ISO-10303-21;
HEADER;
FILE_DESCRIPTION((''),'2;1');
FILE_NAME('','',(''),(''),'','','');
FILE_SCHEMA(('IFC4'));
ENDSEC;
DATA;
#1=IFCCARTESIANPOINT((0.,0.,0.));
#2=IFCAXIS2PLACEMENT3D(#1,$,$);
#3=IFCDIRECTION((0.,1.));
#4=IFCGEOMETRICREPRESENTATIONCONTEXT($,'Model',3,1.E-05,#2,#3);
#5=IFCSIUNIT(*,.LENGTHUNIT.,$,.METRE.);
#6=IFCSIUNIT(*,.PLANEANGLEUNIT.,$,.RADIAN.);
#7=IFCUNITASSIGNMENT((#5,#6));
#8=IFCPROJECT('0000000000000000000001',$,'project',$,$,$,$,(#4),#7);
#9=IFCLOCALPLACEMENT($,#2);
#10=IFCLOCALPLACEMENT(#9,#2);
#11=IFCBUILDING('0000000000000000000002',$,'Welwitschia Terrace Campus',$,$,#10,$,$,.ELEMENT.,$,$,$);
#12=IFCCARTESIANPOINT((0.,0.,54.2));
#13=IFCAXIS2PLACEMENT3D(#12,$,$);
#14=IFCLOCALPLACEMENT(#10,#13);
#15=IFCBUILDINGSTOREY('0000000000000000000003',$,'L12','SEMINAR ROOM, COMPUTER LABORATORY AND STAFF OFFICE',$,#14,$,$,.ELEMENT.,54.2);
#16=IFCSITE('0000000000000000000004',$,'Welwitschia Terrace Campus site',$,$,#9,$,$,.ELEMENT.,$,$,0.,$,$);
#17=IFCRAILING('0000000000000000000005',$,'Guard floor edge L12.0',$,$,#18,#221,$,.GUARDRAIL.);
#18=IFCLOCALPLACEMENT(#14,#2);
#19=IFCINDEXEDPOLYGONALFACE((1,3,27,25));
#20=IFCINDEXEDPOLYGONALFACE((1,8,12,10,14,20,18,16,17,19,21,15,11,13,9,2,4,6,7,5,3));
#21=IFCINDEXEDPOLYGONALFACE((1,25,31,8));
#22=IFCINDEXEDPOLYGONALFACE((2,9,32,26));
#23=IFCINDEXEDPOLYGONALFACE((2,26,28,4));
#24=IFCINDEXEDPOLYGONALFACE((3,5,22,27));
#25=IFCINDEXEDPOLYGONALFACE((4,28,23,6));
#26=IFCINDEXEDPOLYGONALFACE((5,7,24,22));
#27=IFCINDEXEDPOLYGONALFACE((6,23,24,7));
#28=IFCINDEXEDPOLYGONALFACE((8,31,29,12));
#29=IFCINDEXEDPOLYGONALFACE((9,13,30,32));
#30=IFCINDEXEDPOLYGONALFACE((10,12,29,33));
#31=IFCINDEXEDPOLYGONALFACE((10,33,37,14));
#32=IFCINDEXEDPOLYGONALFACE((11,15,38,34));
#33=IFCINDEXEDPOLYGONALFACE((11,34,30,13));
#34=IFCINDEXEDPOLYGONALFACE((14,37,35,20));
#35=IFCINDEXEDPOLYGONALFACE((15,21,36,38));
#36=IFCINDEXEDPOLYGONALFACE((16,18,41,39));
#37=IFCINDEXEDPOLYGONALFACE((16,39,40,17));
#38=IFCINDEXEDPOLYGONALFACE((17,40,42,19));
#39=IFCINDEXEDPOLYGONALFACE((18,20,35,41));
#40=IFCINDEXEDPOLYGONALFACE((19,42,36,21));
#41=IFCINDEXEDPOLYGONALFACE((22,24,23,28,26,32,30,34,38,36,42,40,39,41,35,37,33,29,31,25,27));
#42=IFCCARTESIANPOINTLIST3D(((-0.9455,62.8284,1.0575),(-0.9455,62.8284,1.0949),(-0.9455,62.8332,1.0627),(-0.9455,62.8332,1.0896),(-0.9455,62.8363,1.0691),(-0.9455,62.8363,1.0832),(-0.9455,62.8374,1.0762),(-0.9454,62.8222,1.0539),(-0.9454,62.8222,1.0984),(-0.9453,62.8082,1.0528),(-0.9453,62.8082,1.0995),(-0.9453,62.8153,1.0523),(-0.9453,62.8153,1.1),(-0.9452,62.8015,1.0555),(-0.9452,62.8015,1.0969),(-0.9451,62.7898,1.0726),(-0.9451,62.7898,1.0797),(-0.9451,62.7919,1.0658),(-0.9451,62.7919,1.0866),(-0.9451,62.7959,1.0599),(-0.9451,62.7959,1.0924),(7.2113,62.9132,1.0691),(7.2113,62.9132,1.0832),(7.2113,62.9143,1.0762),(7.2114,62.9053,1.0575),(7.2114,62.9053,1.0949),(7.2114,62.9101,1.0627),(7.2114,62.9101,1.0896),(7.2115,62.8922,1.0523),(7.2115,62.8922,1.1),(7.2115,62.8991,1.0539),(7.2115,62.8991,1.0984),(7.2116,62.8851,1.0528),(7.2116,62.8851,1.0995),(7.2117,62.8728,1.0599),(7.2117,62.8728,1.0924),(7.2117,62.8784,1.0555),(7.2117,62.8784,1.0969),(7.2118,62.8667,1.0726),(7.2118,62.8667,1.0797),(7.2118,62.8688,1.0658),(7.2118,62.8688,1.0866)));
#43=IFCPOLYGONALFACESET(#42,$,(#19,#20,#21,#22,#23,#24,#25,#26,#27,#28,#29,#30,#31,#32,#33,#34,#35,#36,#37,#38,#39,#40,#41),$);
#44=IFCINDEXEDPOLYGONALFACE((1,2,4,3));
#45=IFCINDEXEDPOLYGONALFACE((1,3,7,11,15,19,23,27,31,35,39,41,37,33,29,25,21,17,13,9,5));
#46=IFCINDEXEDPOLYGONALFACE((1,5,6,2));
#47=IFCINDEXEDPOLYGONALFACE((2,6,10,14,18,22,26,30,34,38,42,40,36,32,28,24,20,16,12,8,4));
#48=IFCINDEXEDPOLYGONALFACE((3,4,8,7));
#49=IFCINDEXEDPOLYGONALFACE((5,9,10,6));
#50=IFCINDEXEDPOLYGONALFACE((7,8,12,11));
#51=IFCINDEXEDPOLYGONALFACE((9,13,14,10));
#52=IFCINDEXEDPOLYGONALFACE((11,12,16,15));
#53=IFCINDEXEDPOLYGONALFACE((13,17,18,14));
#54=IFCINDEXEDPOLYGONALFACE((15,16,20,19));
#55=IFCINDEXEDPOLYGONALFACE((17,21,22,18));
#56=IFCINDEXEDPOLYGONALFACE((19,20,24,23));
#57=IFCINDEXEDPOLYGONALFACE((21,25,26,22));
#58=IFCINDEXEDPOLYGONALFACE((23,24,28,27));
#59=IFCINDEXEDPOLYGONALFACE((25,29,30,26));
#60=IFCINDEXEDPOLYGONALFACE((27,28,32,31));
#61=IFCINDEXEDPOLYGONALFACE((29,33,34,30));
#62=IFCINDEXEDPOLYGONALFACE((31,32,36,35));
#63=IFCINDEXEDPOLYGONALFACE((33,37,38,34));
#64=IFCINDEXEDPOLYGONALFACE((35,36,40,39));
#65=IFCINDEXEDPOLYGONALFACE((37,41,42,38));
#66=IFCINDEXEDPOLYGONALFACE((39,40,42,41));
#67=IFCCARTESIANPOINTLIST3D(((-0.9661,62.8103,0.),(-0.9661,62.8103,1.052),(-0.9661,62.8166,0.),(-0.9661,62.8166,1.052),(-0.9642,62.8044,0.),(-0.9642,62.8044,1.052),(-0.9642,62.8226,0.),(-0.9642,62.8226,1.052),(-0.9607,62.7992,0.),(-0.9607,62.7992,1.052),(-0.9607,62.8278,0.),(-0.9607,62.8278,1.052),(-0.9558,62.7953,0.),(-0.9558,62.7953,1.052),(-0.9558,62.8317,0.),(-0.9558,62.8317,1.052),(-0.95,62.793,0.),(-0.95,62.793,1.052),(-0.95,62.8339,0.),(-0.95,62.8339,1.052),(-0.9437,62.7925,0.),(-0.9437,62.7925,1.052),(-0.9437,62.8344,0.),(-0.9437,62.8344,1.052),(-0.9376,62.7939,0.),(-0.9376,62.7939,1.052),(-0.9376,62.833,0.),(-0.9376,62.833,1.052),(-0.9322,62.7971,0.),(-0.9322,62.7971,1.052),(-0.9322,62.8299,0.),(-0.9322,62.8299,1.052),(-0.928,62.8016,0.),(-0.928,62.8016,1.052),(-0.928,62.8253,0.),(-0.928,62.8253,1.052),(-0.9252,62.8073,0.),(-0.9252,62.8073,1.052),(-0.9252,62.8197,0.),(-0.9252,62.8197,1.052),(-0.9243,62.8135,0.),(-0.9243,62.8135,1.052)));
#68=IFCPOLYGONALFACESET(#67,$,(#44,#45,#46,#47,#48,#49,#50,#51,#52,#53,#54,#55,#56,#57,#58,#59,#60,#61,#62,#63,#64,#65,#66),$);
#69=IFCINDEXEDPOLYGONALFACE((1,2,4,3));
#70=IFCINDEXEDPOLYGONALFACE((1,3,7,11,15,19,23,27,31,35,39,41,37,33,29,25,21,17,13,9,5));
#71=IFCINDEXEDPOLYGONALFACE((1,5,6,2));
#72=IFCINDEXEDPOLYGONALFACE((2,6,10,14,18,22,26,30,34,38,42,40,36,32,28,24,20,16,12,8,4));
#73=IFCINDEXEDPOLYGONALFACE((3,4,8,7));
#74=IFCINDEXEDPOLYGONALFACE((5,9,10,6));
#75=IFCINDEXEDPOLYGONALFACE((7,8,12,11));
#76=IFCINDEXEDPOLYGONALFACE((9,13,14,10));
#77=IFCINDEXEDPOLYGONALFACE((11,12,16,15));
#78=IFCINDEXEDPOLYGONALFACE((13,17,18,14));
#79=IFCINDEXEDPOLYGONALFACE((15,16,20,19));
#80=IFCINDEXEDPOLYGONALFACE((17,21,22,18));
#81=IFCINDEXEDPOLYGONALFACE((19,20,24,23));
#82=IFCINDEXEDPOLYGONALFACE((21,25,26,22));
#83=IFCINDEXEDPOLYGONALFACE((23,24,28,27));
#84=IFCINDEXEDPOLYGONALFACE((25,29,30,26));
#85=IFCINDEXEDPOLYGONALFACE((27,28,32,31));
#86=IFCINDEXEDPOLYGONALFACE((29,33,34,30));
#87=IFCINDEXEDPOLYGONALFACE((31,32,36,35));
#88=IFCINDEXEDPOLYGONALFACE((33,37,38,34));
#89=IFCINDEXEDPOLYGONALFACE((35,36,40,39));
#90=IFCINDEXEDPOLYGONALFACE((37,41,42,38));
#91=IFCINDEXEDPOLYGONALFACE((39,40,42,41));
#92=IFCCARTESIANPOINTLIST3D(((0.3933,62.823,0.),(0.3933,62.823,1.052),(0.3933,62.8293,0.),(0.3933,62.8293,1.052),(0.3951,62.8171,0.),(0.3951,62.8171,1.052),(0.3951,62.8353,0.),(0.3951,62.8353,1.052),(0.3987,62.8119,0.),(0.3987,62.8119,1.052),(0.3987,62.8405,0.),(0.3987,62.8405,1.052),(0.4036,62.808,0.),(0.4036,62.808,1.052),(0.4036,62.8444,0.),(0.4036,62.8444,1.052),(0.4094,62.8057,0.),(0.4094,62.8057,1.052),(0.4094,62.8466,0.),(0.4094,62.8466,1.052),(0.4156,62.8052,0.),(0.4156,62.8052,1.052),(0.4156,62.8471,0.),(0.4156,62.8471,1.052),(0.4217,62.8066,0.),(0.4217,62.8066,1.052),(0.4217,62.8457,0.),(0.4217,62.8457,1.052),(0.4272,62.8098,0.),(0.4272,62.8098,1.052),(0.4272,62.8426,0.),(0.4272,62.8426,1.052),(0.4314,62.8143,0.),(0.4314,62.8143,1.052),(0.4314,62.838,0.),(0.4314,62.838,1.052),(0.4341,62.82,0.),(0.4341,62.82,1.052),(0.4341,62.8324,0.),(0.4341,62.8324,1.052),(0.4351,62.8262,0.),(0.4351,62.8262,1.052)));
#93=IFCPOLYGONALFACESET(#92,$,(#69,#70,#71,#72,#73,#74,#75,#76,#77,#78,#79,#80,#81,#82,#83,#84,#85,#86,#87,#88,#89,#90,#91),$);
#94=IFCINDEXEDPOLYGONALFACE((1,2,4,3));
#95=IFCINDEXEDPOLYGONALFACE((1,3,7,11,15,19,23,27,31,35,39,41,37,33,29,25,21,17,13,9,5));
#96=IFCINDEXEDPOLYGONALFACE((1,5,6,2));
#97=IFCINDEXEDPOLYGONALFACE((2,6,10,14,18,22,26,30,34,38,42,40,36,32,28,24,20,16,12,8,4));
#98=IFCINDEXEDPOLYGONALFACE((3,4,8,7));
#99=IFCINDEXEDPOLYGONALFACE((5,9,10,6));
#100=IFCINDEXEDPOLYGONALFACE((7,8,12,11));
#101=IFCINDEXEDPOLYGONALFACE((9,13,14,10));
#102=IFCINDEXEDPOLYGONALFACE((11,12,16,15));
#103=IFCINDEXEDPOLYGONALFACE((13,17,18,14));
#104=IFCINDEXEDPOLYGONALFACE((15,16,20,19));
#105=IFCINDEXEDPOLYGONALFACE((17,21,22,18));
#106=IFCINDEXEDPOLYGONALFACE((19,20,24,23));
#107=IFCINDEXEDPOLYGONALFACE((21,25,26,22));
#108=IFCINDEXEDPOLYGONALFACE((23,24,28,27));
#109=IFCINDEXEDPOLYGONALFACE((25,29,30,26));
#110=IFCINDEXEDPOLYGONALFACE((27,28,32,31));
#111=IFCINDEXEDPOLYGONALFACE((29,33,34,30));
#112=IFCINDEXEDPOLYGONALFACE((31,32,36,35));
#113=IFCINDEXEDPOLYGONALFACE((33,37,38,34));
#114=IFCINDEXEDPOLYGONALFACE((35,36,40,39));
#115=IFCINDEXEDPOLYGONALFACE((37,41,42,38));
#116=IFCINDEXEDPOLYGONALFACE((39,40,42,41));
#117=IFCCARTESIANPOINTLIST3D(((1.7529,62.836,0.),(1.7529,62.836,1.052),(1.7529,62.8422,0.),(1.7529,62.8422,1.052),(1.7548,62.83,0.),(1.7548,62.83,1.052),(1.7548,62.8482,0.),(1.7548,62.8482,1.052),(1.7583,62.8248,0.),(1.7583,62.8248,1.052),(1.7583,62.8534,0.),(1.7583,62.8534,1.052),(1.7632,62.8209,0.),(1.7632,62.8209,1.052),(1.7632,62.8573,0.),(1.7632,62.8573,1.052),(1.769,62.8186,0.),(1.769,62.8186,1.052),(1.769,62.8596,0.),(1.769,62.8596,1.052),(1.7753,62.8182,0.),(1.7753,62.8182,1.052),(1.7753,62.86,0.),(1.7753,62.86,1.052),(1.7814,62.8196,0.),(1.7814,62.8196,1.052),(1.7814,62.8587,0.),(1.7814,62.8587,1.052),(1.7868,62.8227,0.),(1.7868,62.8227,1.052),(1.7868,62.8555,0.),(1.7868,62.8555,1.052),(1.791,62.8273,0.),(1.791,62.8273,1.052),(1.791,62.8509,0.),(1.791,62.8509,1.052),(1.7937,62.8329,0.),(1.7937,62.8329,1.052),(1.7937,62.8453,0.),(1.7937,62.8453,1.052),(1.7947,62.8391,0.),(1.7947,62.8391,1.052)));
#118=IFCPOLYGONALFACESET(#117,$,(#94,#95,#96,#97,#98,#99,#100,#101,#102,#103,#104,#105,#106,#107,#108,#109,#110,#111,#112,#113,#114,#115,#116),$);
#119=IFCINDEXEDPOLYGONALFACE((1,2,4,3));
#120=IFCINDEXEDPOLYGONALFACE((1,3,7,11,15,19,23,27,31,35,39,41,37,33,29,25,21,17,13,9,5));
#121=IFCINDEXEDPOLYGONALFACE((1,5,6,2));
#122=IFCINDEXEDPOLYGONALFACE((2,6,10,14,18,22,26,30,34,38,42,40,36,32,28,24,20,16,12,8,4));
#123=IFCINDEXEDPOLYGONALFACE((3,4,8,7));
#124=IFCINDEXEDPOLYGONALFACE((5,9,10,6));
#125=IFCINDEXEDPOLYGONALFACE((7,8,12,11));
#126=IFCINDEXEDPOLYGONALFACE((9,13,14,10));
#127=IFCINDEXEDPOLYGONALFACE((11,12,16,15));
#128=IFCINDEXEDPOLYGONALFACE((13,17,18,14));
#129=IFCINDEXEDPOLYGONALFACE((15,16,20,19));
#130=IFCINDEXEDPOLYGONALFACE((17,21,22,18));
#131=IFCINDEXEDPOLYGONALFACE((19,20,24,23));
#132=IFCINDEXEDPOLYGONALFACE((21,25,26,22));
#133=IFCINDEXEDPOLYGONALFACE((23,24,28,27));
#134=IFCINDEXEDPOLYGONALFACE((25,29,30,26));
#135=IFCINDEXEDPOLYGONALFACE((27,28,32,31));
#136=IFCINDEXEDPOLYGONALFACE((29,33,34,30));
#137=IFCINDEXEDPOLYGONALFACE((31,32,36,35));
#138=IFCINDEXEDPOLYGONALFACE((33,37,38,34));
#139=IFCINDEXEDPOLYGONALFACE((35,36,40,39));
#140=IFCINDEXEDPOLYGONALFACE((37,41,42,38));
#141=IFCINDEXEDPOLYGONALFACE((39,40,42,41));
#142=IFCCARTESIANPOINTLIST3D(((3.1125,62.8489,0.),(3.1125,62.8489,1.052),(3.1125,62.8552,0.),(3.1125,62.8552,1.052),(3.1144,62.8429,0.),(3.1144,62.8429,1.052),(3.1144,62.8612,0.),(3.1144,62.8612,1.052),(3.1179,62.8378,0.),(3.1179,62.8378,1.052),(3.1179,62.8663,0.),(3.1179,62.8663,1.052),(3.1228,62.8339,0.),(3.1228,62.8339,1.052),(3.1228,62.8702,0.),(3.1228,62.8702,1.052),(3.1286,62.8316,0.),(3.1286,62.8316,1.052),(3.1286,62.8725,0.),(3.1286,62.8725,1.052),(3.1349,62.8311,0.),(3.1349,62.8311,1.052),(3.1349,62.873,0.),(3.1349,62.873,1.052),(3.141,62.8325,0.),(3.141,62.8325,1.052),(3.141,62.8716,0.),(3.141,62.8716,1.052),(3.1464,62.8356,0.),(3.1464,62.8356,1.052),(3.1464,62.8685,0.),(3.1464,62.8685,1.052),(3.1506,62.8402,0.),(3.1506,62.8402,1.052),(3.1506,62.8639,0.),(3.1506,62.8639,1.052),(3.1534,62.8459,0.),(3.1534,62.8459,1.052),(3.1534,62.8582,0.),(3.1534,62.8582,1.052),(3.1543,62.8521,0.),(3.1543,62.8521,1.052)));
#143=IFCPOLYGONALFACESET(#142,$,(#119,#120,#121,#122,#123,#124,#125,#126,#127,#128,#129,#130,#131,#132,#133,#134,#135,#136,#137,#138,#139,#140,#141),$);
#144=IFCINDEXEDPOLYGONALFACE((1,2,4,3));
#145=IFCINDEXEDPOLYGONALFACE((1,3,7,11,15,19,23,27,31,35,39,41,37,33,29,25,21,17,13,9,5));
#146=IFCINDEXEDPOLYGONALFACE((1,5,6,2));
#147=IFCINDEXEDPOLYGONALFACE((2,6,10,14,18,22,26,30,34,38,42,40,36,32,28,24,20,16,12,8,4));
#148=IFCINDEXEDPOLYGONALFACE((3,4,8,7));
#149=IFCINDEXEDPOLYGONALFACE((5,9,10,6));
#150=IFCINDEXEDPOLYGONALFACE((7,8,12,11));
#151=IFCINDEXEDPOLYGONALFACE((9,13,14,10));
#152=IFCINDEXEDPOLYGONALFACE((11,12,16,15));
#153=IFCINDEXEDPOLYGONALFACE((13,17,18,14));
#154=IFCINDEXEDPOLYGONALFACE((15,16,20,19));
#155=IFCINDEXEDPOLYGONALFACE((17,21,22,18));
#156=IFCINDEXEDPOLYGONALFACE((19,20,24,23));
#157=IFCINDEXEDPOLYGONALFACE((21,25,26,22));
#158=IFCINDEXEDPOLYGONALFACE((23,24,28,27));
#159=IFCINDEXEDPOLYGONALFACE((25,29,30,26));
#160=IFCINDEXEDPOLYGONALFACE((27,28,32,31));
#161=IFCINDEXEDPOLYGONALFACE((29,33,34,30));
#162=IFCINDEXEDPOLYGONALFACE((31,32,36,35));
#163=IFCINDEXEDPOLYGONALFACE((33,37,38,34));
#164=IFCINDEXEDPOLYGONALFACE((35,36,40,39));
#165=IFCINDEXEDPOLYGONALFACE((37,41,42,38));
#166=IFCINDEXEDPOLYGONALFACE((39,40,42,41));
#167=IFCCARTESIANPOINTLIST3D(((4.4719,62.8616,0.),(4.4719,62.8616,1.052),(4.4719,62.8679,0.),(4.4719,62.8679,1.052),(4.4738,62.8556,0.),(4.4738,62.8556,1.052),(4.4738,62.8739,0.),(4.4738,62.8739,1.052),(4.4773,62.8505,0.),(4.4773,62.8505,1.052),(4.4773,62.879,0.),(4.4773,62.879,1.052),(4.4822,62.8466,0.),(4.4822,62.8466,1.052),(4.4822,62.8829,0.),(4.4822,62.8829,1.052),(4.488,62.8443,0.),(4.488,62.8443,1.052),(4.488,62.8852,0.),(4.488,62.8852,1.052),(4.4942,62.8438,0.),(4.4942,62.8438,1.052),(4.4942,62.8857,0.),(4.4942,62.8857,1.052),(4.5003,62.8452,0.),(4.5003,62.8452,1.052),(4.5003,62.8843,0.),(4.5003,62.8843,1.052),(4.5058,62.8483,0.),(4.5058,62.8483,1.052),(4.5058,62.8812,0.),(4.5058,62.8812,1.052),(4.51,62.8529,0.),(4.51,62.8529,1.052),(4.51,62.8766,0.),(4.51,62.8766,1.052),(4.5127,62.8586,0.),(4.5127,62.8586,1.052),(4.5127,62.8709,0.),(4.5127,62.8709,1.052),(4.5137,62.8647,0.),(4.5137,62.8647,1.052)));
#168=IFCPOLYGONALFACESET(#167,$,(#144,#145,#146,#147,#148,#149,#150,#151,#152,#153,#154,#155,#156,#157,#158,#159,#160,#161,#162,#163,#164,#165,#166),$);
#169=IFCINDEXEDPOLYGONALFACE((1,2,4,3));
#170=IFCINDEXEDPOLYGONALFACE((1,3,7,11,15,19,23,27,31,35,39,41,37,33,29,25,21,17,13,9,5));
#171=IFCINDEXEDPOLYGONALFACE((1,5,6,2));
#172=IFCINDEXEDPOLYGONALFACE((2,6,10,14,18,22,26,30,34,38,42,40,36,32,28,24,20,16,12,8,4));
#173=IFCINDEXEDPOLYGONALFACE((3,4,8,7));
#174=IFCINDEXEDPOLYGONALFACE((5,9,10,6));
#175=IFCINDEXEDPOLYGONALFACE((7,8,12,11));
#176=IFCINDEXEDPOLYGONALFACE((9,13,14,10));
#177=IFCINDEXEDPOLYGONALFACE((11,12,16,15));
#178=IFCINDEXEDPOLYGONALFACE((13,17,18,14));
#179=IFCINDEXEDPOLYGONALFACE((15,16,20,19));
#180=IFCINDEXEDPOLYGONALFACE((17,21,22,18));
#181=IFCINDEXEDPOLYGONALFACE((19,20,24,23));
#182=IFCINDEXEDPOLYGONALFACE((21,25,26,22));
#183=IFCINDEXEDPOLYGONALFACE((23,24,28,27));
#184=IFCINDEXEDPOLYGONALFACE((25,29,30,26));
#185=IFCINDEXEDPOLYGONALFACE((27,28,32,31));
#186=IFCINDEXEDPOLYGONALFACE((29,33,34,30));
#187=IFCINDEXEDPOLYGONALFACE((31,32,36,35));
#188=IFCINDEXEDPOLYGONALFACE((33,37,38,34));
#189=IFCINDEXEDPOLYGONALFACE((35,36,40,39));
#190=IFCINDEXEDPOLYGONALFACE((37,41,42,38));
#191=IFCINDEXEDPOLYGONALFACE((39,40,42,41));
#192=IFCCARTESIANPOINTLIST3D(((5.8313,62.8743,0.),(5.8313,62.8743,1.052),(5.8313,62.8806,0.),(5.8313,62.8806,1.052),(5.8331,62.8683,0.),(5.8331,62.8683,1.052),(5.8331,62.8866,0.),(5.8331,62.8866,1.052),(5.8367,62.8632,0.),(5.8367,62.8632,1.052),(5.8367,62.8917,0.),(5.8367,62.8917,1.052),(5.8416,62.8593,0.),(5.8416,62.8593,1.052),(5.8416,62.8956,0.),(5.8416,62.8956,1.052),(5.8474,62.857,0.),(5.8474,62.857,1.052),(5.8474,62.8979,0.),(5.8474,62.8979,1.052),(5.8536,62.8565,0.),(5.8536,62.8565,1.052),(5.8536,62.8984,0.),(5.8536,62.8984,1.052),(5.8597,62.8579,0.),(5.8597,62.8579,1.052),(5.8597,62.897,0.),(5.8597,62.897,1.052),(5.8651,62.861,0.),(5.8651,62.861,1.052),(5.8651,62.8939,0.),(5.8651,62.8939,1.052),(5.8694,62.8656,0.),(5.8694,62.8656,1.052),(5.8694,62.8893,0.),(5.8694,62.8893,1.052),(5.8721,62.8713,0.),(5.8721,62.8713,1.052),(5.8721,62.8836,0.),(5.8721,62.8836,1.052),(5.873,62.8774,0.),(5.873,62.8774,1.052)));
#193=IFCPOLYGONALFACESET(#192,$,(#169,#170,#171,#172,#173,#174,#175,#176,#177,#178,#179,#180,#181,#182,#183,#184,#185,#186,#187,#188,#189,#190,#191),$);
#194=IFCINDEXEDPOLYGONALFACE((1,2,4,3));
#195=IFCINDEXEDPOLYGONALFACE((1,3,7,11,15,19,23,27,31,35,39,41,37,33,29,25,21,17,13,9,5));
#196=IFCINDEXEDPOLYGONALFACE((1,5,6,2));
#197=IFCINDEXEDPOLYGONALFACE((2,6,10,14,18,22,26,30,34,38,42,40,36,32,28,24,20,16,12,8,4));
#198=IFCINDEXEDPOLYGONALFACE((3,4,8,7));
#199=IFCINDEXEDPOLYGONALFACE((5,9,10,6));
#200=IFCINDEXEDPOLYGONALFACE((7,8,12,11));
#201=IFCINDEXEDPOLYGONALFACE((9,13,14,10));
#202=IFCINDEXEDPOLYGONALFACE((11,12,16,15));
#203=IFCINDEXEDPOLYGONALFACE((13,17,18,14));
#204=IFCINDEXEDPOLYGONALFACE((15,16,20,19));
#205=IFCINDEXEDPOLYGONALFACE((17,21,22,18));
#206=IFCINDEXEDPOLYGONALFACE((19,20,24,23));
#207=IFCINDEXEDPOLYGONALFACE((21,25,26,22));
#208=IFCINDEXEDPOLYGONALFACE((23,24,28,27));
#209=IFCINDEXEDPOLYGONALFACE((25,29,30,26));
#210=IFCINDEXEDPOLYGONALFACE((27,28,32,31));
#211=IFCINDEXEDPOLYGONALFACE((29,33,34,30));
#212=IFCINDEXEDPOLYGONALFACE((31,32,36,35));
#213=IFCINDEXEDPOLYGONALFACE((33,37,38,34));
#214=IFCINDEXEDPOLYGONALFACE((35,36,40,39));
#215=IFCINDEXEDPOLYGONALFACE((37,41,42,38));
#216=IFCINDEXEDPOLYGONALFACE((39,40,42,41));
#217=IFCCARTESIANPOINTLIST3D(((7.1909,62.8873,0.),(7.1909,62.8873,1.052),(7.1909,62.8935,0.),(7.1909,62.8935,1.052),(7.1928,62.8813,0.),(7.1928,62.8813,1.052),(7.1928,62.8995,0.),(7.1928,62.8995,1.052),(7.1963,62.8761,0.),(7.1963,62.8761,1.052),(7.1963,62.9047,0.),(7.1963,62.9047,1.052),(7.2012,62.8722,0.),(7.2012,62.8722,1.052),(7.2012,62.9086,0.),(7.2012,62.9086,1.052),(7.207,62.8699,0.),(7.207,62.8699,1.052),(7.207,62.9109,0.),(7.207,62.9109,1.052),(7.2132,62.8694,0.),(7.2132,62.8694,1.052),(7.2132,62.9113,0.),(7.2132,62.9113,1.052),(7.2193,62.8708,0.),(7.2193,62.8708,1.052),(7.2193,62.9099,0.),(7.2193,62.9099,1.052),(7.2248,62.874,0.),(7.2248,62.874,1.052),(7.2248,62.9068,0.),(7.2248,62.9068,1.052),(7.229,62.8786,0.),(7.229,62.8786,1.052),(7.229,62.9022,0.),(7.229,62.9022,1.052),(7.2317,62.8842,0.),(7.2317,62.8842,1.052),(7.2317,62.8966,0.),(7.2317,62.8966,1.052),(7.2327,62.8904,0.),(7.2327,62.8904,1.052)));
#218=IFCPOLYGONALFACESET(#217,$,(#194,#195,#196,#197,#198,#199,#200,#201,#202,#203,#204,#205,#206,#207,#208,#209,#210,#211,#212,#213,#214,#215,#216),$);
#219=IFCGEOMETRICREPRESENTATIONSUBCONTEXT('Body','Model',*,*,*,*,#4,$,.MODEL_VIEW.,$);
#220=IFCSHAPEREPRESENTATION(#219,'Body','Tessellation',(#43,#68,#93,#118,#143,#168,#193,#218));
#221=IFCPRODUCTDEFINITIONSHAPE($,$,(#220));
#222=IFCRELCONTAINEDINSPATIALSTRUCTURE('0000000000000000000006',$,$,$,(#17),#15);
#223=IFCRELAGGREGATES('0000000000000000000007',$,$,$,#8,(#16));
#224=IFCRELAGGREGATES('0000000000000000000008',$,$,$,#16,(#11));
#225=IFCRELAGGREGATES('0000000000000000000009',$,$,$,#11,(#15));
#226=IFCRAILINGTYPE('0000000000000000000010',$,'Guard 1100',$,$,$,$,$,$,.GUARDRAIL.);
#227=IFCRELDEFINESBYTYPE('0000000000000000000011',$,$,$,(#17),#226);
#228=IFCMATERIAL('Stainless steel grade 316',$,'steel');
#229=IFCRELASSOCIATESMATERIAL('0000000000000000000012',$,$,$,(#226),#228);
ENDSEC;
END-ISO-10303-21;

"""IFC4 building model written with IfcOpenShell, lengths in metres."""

from ifc_helpers import new_model, si_unit, direction, frame, origin, origin_2d, place, context, subcontext, project, spatial, circle, extrude, material, type_object, element, save


model = new_model("IFC4")

# Units and contexts
model_context = context("Model", 3, precision=1e-05, world=origin(), true_north=direction((0.0, 1.0)))
body_context = subcontext(model_context, "Body", "Model", "MODEL_VIEW")
ifc_project = project(units=[si_unit("LENGTHUNIT", "METRE"), si_unit("PLANEANGLEUNIT", "RADIAN")], contexts=[model_context])

# Site, building, storey
site_placement = place(None, origin())
site = spatial("IfcSite", under=ifc_project, at=site_placement, Name="Welwitschia Terrace Campus site", CompositionType="ELEMENT", RefElevation=0.0)
building_placement = place(site_placement, origin())
building = spatial("IfcBuilding", under=site, at=building_placement, Name="Welwitschia Terrace Campus", CompositionType="ELEMENT")
storey_placement = place(building_placement, frame((0.0, 0.0, 54.2)))
storey = spatial("IfcBuildingStorey", under=building, at=storey_placement, Name="L12", Description="SEMINAR ROOM, COMPUTER LABORATORY AND STAFF OFFICE", CompositionType="ELEMENT", Elevation=54.2)

# Railing
ifc_material_1 = material(Name="Stainless steel grade 316", Category="steel")
railing_type = type_object("IfcRailingType", Name="Guard 1100", PredefinedType="GUARDRAIL", material=ifc_material_1)
railing_placement = place(storey_placement, frame((-0.9453, 62.8135, 0.0)))
element("IfcRailing", 1, at=railing_placement, inside=storey, type_object=railing_type, Name="Guard floor edge L12.0", PredefinedType="GUARDRAIL", context=body_context, shape_type="SweptSolid", body=[
    extrude(circle(Radius=0.0239, at=origin_2d()), frame((0.0, 0.0, 1.0762), z_axis=(0.999956, 0.009428, 0.0), x_axis=(-0.009428, 0.999956, 0.0)), (0.0, 0.0, 1.0), 8.1572),
    extrude(circle(Radius=0.021, at=origin_2d()), origin(), (0.0, 0.0, 1.0), 1.052),
    extrude(circle(Radius=0.021, at=origin_2d()), frame((1.3594, 0.0127, 0.0)), (0.0, 0.0, 1.0), 1.052),
    extrude(circle(Radius=0.021, at=origin_2d()), frame((2.719, 0.0256, 0.0)), (0.0, 0.0, 1.0), 1.052),
    extrude(circle(Radius=0.021, at=origin_2d()), frame((4.0786, 0.0386, 0.0)), (0.0, 0.0, 1.0), 1.052),
    extrude(circle(Radius=0.021, at=origin_2d()), frame((5.438, 0.0513, 0.0)), (0.0, 0.0, 1.0), 1.052),
    extrude(circle(Radius=0.021, at=origin_2d()), frame((6.7974, 0.064, 0.0)), (0.0, 0.0, 1.0), 1.052),
    extrude(circle(Radius=0.021, at=origin_2d()), frame((8.157, 0.0769, 0.0)), (0.0, 0.0, 1.0), 1.052),
])

save(model, "model.ifc")
